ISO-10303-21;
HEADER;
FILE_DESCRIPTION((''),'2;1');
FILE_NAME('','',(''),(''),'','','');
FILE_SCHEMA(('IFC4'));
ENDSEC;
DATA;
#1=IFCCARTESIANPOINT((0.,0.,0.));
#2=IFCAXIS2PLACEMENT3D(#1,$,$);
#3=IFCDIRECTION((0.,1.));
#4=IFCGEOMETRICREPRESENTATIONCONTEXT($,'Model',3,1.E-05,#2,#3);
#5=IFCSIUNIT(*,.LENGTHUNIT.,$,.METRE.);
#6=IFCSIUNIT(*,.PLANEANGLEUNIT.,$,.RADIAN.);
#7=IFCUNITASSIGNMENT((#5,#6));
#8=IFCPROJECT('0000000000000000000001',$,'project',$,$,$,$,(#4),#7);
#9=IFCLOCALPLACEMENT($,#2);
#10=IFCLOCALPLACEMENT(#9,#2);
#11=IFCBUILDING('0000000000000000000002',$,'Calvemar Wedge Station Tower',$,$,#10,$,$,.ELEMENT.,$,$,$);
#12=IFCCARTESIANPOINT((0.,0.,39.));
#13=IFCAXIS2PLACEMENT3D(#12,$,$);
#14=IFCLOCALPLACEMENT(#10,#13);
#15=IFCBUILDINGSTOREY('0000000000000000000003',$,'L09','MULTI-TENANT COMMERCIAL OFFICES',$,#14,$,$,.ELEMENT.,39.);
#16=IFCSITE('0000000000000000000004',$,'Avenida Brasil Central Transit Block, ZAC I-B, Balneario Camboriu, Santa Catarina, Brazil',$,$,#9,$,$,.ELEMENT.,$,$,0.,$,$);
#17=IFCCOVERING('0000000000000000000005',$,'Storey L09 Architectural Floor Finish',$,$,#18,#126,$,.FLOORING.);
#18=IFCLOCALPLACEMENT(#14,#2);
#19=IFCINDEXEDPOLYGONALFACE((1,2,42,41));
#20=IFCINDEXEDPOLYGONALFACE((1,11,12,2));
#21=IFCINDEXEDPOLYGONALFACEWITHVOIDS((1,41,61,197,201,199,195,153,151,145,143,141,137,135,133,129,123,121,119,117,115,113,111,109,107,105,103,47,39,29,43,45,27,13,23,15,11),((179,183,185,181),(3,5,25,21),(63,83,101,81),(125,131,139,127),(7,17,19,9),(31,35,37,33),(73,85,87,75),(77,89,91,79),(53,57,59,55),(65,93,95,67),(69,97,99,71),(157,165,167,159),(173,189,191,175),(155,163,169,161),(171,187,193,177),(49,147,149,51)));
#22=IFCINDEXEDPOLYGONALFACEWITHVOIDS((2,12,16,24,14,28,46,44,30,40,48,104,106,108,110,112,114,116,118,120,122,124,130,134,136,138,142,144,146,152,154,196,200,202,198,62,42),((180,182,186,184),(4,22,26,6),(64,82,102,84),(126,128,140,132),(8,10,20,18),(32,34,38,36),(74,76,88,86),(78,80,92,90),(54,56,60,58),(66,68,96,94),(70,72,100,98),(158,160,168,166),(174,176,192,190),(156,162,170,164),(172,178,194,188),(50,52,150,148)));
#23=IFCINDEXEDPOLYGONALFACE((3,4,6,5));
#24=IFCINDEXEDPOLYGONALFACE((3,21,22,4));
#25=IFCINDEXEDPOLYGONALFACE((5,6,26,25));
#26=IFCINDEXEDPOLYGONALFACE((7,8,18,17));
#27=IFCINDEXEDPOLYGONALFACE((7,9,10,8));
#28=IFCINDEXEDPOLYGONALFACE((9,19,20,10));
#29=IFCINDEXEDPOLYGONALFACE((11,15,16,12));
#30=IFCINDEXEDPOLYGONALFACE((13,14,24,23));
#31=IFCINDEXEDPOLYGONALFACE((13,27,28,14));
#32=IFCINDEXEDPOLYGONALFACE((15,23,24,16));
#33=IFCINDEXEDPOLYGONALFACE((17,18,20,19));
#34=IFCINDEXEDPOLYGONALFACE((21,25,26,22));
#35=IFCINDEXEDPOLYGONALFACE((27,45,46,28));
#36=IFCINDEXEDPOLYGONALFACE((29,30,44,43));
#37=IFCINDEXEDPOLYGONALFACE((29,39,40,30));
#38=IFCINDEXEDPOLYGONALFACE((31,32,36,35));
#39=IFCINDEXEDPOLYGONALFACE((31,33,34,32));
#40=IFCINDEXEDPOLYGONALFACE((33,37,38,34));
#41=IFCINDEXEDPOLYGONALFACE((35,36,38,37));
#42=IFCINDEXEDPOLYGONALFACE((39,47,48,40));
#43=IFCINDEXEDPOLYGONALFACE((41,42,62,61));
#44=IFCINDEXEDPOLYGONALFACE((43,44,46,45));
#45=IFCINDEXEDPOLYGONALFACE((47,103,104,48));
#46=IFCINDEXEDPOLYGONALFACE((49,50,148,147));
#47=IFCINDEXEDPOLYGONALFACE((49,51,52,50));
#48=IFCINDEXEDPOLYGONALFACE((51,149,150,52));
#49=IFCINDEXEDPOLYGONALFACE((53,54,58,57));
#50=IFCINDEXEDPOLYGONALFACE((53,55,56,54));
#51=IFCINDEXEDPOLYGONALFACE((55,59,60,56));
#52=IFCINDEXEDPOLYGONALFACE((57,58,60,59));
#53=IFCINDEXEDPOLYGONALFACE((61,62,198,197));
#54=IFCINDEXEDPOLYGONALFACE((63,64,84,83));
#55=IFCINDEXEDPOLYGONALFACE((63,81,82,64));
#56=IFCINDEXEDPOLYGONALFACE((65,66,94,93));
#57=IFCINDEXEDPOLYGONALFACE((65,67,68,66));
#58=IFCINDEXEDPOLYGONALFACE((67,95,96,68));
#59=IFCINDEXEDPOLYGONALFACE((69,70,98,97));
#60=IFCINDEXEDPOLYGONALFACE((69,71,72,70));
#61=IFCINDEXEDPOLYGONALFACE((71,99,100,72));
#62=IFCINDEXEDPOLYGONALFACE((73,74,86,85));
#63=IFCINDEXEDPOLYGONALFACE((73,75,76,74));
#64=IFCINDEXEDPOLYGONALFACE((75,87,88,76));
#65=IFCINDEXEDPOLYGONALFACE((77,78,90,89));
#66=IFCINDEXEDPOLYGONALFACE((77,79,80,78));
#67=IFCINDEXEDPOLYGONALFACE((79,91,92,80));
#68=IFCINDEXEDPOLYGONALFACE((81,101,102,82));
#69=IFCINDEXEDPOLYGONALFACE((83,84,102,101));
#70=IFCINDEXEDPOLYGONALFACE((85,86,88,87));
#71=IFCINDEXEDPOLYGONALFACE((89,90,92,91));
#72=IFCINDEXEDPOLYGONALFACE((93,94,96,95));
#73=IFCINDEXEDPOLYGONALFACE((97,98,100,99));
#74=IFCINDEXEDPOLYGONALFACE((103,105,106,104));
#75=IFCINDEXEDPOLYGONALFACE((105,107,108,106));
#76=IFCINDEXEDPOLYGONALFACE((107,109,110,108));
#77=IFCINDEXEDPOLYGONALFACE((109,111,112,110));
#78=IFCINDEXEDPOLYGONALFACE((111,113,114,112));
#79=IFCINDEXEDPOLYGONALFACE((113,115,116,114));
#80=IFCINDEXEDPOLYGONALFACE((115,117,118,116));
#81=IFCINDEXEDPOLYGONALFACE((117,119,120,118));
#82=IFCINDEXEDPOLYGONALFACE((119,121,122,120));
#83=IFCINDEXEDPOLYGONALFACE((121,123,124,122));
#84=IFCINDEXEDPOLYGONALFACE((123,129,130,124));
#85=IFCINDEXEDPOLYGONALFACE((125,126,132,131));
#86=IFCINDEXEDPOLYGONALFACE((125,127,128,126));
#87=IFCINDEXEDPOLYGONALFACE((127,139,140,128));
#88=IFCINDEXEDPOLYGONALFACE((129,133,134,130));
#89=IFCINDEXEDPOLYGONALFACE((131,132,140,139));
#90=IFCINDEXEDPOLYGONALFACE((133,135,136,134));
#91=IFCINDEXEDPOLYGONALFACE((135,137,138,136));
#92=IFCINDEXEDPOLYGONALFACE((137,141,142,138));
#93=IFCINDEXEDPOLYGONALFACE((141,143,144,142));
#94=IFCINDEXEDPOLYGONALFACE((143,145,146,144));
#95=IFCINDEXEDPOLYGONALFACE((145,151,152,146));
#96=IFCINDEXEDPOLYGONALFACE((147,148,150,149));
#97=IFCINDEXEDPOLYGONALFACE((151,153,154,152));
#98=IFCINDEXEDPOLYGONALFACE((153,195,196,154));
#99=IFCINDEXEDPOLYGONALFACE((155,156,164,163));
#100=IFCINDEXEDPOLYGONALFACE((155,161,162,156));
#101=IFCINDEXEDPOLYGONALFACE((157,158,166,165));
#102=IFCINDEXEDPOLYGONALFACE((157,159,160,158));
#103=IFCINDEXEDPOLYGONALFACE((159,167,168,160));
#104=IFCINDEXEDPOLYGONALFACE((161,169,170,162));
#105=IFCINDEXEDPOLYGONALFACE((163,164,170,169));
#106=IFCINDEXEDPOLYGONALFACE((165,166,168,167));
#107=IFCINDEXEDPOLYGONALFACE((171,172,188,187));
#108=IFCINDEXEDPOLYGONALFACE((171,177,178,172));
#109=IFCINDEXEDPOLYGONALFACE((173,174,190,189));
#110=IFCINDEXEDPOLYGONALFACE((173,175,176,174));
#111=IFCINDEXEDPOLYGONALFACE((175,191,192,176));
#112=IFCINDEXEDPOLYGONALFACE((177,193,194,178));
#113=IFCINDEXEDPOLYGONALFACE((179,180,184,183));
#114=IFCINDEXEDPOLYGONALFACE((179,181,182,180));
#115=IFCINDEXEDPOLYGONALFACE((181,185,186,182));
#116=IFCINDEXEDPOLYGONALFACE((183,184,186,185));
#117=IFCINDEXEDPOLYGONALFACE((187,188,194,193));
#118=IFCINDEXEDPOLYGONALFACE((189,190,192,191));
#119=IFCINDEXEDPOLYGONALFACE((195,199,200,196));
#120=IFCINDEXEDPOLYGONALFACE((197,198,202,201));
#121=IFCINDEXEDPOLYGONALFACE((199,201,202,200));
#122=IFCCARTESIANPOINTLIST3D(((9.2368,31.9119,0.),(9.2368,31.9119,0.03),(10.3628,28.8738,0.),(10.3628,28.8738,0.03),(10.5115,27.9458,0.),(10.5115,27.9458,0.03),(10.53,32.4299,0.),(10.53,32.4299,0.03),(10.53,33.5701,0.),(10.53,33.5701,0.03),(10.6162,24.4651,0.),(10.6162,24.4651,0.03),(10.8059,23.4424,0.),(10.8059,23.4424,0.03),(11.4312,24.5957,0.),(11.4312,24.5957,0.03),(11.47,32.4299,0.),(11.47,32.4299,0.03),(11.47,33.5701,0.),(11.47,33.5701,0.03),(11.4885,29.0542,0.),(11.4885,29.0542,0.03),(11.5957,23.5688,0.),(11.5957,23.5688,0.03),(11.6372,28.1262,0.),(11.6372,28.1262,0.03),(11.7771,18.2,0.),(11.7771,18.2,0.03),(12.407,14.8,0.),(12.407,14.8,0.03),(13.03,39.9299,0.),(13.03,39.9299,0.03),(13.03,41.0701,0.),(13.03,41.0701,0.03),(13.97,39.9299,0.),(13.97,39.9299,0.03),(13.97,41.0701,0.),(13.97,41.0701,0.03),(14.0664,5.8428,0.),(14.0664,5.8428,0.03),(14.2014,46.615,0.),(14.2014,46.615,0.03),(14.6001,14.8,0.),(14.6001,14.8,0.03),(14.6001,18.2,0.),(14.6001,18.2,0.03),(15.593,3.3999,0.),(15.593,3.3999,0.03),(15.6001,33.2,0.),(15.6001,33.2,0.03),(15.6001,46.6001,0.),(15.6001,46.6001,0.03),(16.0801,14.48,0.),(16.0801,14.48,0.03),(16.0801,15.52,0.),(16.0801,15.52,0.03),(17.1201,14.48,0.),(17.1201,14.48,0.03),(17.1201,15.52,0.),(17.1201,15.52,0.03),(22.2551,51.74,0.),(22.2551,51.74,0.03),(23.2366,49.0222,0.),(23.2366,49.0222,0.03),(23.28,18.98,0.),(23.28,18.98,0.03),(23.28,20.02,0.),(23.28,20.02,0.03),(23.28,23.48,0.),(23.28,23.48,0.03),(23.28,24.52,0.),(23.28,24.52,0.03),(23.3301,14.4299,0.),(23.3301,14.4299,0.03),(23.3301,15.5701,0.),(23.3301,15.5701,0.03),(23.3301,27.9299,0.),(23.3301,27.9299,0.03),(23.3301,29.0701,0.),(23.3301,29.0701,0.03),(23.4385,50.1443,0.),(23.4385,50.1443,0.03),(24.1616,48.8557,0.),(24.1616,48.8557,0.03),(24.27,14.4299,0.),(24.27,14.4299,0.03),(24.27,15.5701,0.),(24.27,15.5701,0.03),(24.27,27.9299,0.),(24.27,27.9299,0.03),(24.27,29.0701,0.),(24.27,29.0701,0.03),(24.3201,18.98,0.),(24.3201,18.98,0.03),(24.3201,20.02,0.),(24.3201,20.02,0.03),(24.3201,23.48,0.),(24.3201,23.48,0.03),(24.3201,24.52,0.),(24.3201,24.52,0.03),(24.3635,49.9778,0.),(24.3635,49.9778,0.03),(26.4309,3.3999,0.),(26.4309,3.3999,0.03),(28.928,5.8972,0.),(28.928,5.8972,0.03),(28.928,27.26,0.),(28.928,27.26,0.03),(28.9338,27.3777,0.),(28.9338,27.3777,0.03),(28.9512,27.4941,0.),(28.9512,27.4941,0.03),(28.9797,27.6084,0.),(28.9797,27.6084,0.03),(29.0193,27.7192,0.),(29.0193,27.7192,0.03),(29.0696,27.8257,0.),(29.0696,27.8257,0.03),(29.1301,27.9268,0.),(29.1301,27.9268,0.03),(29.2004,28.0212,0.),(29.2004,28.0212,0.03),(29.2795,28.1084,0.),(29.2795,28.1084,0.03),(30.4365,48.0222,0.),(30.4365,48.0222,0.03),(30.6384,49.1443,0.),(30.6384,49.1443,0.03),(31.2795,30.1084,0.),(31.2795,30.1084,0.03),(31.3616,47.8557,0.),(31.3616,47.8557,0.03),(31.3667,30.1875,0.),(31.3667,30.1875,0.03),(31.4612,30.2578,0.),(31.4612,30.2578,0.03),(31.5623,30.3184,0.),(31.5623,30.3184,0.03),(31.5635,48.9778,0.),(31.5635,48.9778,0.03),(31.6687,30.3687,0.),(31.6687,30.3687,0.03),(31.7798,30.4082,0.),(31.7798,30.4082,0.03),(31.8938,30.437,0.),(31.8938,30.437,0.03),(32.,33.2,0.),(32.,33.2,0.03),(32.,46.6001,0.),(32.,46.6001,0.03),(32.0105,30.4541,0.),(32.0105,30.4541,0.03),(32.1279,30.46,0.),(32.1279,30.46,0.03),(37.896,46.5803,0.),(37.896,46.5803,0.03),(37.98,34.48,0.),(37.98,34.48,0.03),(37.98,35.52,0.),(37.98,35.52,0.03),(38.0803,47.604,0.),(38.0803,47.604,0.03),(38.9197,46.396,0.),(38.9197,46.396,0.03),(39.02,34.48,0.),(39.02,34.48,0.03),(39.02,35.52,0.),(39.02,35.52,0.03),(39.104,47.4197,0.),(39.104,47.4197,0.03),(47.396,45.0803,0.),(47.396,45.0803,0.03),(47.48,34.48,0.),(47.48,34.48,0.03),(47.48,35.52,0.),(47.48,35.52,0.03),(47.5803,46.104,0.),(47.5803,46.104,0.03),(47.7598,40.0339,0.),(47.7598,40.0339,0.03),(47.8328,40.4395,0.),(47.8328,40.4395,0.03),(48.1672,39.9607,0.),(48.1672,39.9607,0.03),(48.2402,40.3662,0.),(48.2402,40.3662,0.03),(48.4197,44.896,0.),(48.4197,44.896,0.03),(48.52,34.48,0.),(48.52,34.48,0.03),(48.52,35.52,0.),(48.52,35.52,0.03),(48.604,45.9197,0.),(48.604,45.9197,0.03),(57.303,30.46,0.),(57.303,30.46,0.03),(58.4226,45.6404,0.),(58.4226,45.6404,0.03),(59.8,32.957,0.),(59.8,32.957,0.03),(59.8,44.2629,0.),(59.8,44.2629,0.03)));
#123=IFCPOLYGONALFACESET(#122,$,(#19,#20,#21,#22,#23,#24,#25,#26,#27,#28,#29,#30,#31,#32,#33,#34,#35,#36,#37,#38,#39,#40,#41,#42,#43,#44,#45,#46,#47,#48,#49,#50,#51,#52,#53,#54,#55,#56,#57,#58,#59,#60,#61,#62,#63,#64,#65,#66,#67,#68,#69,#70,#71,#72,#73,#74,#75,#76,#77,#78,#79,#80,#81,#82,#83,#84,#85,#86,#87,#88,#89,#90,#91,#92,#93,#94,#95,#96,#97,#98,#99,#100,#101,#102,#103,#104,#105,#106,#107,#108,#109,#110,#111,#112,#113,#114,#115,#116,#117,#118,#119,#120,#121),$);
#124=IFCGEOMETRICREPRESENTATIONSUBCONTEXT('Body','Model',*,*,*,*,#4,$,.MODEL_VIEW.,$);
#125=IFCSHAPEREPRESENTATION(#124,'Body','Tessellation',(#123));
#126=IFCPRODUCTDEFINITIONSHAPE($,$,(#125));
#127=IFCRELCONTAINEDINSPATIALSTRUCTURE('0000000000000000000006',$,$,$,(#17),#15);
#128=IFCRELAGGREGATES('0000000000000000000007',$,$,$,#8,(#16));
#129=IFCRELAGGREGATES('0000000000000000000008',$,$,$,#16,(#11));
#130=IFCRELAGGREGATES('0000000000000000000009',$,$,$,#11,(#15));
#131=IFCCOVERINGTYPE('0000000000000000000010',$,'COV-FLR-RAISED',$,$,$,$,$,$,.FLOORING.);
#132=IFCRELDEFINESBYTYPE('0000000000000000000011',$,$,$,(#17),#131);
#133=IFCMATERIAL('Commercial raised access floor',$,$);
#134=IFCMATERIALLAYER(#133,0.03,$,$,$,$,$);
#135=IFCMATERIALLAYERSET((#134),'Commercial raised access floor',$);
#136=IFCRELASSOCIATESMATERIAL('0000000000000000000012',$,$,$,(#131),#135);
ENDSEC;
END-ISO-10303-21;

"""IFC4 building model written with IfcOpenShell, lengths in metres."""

from ifc_helpers import new_model, si_unit, direction, frame, origin, place, context, subcontext, project, spatial, polyline, outline, extrude, material, layer, layer_set, type_object, element, save


model = new_model("IFC4")

# Units and contexts
model_context = context("Model", 3, precision=1e-05, world=origin(), true_north=direction((0.0, 1.0)))
body_context = subcontext(model_context, "Body", "Model", "MODEL_VIEW")
ifc_project = project(units=[si_unit("LENGTHUNIT", "METRE"), si_unit("PLANEANGLEUNIT", "RADIAN")], contexts=[model_context])

# Site, building, storey
site_placement = place(None, origin())
site = spatial("IfcSite", under=ifc_project, at=site_placement, Name="Avenida Brasil Central Transit Block, ZAC I-B, Balneario Camboriu, Santa Catarina, Brazil", CompositionType="ELEMENT", RefElevation=0.0)
building_placement = place(site_placement, origin())
building = spatial("IfcBuilding", under=site, at=building_placement, Name="Calvemar Wedge Station Tower", CompositionType="ELEMENT")
storey_placement = place(building_placement, frame((0.0, 0.0, 39.0)))
storey = spatial("IfcBuildingStorey", under=building, at=storey_placement, Name="L09", Description="MULTI-TENANT COMMERCIAL OFFICES", CompositionType="ELEMENT", Elevation=39.0)

# Covering
ifc_material_1 = material(Name="Commercial raised access floor")
ifc_layer_1 = layer(ifc_material_1, 0.03)
ifc_layer_set_1 = layer_set([ifc_layer_1], Name="Commercial raised access floor")
covering_type_1 = type_object("IfcCoveringType", Name="COV-FLR-RAISED", PredefinedType="FLOORING", material=ifc_layer_set_1)
covering_1_placement = place(storey_placement, origin())
element("IfcCovering", 1, at=covering_1_placement, inside=storey, type_object=covering_type_1, Name="Storey L09 Architectural Floor Finish", PredefinedType="FLOORING", context=body_context, shape_type="SweptSolid", body=[
    extrude(outline(polyline([(29.2795, 28.1084), (31.2795, 30.1084), (31.3667, 30.1875), (31.4612, 30.2578), (31.5623, 30.3184), (31.6687, 30.3687), (31.7798, 30.4082), (31.8938, 30.437), (32.0105, 30.4541), (32.1279, 30.46), (57.303, 30.46), (59.8, 32.957), (59.8, 44.2629), (58.4226, 45.6404), (22.2551, 51.74), (14.2014, 46.615), (9.2368, 31.9119), (10.6162, 24.4651), (11.4312, 24.5957), (11.5957, 23.5688), (10.8059, 23.4424), (11.7771, 18.2), (14.6001, 18.2), (14.6001, 14.8), (12.407, 14.8), (14.0664, 5.8428), (15.593, 3.3999), (26.4309, 3.3999), (28.928, 5.8972), (28.928, 27.26), (28.9338, 27.3777), (28.9512, 27.4941), (28.9797, 27.6084), (29.0193, 27.7192), (29.0696, 27.8257), (29.1301, 27.9268), (29.2004, 28.0212), (29.2795, 28.1084)]), holes=[polyline([(15.6001, 46.6001), (32.0, 46.6001), (32.0, 33.2), (15.6001, 33.2), (15.6001, 46.6001)]), polyline([(10.53, 32.4299), (10.53, 33.5701), (11.47, 33.5701), (11.47, 32.4299), (10.53, 32.4299)]), polyline([(13.03, 41.0701), (13.97, 41.0701), (13.97, 39.9299), (13.03, 39.9299), (13.03, 41.0701)]), polyline([(24.3635, 49.9778), (24.1616, 48.8557), (23.2366, 49.0222), (23.4385, 50.1443), (24.3635, 49.9778)]), polyline([(31.3616, 47.8557), (30.4365, 48.0222), (30.6384, 49.1443), (31.5635, 48.9778), (31.3616, 47.8557)]), polyline([(37.896, 46.5803), (38.0803, 47.604), (39.104, 47.4197), (38.9197, 46.396), (37.896, 46.5803)]), polyline([(47.5803, 46.104), (48.604, 45.9197), (48.4197, 44.896), (47.396, 45.0803), (47.5803, 46.104)]), polyline([(39.02, 35.52), (39.02, 34.48), (37.98, 34.48), (37.98, 35.52), (39.02, 35.52)]), polyline([(48.52, 34.48), (47.48, 34.48), (47.48, 35.52), (48.52, 35.52), (48.52, 34.48)]), polyline([(47.7598, 40.0339), (47.8328, 40.4395), (48.2402, 40.3662), (48.1672, 39.9607), (47.7598, 40.0339)]), polyline([(11.4885, 29.0542), (11.6372, 28.1262), (10.5115, 27.9458), (10.3628, 28.8738), (11.4885, 29.0542)]), polyline([(24.27, 27.9299), (23.3301, 27.9299), (23.3301, 29.0701), (24.27, 29.0701), (24.27, 27.9299)]), polyline([(23.28, 23.48), (23.28, 24.52), (24.3201, 24.52), (24.3201, 23.48), (23.28, 23.48)]), polyline([(23.28, 20.02), (24.3201, 20.02), (24.3201, 18.98), (23.28, 18.98), (23.28, 20.02)]), polyline([(24.27, 15.5701), (24.27, 14.4299), (23.3301, 14.4299), (23.3301, 15.5701), (24.27, 15.5701)]), polyline([(17.1201, 14.48), (16.0801, 14.48), (16.0801, 15.52), (17.1201, 15.52), (17.1201, 14.48)])]), origin(), (0.0, 0.0, 1.0), 0.03),
])

save(model, "model.ifc")
